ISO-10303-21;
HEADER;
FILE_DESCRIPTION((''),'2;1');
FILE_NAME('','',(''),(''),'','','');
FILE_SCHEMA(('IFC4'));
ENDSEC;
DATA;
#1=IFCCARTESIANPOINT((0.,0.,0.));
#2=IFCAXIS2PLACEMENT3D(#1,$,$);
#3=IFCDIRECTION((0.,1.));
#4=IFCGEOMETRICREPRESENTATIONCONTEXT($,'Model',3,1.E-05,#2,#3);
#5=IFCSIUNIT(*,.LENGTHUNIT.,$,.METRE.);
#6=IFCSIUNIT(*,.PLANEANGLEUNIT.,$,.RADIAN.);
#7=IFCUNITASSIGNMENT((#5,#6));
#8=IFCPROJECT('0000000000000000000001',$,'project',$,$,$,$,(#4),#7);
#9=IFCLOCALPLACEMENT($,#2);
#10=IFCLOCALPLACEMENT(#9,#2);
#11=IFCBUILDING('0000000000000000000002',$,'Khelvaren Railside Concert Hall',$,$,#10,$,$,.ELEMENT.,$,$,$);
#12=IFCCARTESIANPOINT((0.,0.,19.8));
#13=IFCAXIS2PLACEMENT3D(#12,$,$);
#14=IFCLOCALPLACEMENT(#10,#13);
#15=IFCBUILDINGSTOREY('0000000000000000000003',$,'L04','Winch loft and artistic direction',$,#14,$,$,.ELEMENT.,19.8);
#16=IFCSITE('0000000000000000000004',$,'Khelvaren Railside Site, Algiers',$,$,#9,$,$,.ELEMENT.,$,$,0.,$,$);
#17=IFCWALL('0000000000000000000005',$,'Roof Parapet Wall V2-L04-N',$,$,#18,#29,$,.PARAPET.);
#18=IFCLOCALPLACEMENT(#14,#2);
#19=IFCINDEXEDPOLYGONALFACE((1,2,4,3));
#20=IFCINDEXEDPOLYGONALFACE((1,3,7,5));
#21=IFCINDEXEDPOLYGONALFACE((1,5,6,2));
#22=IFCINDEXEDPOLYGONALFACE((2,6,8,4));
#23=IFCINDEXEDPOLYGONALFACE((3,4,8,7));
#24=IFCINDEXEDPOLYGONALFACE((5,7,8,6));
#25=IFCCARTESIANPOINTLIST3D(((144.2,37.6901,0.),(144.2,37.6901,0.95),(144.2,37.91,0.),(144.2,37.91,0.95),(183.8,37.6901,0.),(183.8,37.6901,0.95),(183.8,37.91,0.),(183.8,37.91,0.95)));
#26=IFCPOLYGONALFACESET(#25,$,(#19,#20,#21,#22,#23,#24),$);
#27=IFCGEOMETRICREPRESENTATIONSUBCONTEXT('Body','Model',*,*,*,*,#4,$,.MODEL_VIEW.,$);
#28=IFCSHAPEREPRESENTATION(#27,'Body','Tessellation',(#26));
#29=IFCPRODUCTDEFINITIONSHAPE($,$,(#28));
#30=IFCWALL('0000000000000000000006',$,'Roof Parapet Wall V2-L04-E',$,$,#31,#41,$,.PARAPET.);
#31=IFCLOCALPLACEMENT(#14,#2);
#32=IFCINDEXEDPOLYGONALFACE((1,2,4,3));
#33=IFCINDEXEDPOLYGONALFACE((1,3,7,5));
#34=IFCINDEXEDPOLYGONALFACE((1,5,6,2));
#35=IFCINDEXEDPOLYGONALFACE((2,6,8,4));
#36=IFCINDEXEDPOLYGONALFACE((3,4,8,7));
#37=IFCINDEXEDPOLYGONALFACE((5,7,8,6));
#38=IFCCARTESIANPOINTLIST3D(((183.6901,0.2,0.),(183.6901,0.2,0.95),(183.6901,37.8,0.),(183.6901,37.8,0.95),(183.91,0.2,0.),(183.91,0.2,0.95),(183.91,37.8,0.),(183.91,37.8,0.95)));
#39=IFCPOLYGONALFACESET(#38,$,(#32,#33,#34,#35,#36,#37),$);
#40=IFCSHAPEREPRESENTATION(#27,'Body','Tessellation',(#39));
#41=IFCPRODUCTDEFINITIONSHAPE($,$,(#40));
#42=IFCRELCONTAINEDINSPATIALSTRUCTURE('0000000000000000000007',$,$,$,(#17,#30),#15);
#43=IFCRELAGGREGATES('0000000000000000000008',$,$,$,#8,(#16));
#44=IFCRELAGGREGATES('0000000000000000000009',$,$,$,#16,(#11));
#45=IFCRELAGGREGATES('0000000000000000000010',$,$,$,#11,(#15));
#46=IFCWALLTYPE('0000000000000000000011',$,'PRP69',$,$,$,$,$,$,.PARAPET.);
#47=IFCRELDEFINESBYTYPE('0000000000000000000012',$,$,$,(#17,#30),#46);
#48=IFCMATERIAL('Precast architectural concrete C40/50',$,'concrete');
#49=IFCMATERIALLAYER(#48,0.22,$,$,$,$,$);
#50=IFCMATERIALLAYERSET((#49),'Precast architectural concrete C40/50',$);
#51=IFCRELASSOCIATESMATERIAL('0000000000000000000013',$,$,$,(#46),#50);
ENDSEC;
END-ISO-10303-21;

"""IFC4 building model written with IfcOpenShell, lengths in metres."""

from ifc_helpers import new_model, si_unit, direction, frame, frame_2d, origin, place, context, subcontext, project, spatial, rectangle, extrude, material, layer, layer_set, type_object, element, save


model = new_model("IFC4")

# Units and contexts
model_context = context("Model", 3, precision=1e-05, world=origin(), true_north=direction((0.0, 1.0)))
body_context = subcontext(model_context, "Body", "Model", "MODEL_VIEW")
ifc_project = project(units=[si_unit("LENGTHUNIT", "METRE"), si_unit("PLANEANGLEUNIT", "RADIAN")], contexts=[model_context])

# Site, building, storey
site_placement = place(None, origin())
site = spatial("IfcSite", under=ifc_project, at=site_placement, Name="Khelvaren Railside Site, Algiers", CompositionType="ELEMENT", RefElevation=0.0)
building_placement = place(site_placement, origin())
building = spatial("IfcBuilding", under=site, at=building_placement, Name="Khelvaren Railside Concert Hall", CompositionType="ELEMENT")
storey_placement = place(building_placement, frame((0.0, 0.0, 19.8)))
storey = spatial("IfcBuildingStorey", under=building, at=storey_placement, Name="L04", Description="Winch loft and artistic direction", CompositionType="ELEMENT", Elevation=19.8)

# Walls
ifc_material_1 = material(Name="Precast architectural concrete C40/50", Category="concrete")
ifc_layer = layer(ifc_material_1, 0.22)
ifc_layer_set = layer_set([ifc_layer], Name="Precast architectural concrete C40/50")
wall_type = type_object("IfcWallType", Name="PRP69", PredefinedType="PARAPET", material=ifc_layer_set)
wall_1_placement = place(storey_placement, frame((183.8, 37.8, 0.0), z_axis=(0.0, 0.0, 1.0), x_axis=(-1.0, 0.0, 0.0)))
element("IfcWall", 1, at=wall_1_placement, inside=storey, type_object=wall_type, Name="Roof Parapet Wall V2-L04-N", PredefinedType="PARAPET", context=body_context, shape_type="SweptSolid", body=[
    extrude(rectangle(XDim=39.6001, YDim=0.22, at=frame_2d((19.8, 0.0))), origin(), (0.0, 0.0, 1.0), 0.95),
])
wall_2_placement = place(storey_placement, frame((183.8, 0.2, 0.0), z_axis=(0.0, 0.0, 1.0), x_axis=(0.0, 1.0, 0.0)))
element("IfcWall", 2, at=wall_2_placement, inside=storey, type_object=wall_type, Name="Roof Parapet Wall V2-L04-E", PredefinedType="PARAPET", context=body_context, shape_type="SweptSolid", body=[
    extrude(rectangle(XDim=37.6001, YDim=0.22, at=frame_2d((18.8, 0.0))), origin(), (0.0, 0.0, 1.0), 0.95),
])

save(model, "model.ifc")
